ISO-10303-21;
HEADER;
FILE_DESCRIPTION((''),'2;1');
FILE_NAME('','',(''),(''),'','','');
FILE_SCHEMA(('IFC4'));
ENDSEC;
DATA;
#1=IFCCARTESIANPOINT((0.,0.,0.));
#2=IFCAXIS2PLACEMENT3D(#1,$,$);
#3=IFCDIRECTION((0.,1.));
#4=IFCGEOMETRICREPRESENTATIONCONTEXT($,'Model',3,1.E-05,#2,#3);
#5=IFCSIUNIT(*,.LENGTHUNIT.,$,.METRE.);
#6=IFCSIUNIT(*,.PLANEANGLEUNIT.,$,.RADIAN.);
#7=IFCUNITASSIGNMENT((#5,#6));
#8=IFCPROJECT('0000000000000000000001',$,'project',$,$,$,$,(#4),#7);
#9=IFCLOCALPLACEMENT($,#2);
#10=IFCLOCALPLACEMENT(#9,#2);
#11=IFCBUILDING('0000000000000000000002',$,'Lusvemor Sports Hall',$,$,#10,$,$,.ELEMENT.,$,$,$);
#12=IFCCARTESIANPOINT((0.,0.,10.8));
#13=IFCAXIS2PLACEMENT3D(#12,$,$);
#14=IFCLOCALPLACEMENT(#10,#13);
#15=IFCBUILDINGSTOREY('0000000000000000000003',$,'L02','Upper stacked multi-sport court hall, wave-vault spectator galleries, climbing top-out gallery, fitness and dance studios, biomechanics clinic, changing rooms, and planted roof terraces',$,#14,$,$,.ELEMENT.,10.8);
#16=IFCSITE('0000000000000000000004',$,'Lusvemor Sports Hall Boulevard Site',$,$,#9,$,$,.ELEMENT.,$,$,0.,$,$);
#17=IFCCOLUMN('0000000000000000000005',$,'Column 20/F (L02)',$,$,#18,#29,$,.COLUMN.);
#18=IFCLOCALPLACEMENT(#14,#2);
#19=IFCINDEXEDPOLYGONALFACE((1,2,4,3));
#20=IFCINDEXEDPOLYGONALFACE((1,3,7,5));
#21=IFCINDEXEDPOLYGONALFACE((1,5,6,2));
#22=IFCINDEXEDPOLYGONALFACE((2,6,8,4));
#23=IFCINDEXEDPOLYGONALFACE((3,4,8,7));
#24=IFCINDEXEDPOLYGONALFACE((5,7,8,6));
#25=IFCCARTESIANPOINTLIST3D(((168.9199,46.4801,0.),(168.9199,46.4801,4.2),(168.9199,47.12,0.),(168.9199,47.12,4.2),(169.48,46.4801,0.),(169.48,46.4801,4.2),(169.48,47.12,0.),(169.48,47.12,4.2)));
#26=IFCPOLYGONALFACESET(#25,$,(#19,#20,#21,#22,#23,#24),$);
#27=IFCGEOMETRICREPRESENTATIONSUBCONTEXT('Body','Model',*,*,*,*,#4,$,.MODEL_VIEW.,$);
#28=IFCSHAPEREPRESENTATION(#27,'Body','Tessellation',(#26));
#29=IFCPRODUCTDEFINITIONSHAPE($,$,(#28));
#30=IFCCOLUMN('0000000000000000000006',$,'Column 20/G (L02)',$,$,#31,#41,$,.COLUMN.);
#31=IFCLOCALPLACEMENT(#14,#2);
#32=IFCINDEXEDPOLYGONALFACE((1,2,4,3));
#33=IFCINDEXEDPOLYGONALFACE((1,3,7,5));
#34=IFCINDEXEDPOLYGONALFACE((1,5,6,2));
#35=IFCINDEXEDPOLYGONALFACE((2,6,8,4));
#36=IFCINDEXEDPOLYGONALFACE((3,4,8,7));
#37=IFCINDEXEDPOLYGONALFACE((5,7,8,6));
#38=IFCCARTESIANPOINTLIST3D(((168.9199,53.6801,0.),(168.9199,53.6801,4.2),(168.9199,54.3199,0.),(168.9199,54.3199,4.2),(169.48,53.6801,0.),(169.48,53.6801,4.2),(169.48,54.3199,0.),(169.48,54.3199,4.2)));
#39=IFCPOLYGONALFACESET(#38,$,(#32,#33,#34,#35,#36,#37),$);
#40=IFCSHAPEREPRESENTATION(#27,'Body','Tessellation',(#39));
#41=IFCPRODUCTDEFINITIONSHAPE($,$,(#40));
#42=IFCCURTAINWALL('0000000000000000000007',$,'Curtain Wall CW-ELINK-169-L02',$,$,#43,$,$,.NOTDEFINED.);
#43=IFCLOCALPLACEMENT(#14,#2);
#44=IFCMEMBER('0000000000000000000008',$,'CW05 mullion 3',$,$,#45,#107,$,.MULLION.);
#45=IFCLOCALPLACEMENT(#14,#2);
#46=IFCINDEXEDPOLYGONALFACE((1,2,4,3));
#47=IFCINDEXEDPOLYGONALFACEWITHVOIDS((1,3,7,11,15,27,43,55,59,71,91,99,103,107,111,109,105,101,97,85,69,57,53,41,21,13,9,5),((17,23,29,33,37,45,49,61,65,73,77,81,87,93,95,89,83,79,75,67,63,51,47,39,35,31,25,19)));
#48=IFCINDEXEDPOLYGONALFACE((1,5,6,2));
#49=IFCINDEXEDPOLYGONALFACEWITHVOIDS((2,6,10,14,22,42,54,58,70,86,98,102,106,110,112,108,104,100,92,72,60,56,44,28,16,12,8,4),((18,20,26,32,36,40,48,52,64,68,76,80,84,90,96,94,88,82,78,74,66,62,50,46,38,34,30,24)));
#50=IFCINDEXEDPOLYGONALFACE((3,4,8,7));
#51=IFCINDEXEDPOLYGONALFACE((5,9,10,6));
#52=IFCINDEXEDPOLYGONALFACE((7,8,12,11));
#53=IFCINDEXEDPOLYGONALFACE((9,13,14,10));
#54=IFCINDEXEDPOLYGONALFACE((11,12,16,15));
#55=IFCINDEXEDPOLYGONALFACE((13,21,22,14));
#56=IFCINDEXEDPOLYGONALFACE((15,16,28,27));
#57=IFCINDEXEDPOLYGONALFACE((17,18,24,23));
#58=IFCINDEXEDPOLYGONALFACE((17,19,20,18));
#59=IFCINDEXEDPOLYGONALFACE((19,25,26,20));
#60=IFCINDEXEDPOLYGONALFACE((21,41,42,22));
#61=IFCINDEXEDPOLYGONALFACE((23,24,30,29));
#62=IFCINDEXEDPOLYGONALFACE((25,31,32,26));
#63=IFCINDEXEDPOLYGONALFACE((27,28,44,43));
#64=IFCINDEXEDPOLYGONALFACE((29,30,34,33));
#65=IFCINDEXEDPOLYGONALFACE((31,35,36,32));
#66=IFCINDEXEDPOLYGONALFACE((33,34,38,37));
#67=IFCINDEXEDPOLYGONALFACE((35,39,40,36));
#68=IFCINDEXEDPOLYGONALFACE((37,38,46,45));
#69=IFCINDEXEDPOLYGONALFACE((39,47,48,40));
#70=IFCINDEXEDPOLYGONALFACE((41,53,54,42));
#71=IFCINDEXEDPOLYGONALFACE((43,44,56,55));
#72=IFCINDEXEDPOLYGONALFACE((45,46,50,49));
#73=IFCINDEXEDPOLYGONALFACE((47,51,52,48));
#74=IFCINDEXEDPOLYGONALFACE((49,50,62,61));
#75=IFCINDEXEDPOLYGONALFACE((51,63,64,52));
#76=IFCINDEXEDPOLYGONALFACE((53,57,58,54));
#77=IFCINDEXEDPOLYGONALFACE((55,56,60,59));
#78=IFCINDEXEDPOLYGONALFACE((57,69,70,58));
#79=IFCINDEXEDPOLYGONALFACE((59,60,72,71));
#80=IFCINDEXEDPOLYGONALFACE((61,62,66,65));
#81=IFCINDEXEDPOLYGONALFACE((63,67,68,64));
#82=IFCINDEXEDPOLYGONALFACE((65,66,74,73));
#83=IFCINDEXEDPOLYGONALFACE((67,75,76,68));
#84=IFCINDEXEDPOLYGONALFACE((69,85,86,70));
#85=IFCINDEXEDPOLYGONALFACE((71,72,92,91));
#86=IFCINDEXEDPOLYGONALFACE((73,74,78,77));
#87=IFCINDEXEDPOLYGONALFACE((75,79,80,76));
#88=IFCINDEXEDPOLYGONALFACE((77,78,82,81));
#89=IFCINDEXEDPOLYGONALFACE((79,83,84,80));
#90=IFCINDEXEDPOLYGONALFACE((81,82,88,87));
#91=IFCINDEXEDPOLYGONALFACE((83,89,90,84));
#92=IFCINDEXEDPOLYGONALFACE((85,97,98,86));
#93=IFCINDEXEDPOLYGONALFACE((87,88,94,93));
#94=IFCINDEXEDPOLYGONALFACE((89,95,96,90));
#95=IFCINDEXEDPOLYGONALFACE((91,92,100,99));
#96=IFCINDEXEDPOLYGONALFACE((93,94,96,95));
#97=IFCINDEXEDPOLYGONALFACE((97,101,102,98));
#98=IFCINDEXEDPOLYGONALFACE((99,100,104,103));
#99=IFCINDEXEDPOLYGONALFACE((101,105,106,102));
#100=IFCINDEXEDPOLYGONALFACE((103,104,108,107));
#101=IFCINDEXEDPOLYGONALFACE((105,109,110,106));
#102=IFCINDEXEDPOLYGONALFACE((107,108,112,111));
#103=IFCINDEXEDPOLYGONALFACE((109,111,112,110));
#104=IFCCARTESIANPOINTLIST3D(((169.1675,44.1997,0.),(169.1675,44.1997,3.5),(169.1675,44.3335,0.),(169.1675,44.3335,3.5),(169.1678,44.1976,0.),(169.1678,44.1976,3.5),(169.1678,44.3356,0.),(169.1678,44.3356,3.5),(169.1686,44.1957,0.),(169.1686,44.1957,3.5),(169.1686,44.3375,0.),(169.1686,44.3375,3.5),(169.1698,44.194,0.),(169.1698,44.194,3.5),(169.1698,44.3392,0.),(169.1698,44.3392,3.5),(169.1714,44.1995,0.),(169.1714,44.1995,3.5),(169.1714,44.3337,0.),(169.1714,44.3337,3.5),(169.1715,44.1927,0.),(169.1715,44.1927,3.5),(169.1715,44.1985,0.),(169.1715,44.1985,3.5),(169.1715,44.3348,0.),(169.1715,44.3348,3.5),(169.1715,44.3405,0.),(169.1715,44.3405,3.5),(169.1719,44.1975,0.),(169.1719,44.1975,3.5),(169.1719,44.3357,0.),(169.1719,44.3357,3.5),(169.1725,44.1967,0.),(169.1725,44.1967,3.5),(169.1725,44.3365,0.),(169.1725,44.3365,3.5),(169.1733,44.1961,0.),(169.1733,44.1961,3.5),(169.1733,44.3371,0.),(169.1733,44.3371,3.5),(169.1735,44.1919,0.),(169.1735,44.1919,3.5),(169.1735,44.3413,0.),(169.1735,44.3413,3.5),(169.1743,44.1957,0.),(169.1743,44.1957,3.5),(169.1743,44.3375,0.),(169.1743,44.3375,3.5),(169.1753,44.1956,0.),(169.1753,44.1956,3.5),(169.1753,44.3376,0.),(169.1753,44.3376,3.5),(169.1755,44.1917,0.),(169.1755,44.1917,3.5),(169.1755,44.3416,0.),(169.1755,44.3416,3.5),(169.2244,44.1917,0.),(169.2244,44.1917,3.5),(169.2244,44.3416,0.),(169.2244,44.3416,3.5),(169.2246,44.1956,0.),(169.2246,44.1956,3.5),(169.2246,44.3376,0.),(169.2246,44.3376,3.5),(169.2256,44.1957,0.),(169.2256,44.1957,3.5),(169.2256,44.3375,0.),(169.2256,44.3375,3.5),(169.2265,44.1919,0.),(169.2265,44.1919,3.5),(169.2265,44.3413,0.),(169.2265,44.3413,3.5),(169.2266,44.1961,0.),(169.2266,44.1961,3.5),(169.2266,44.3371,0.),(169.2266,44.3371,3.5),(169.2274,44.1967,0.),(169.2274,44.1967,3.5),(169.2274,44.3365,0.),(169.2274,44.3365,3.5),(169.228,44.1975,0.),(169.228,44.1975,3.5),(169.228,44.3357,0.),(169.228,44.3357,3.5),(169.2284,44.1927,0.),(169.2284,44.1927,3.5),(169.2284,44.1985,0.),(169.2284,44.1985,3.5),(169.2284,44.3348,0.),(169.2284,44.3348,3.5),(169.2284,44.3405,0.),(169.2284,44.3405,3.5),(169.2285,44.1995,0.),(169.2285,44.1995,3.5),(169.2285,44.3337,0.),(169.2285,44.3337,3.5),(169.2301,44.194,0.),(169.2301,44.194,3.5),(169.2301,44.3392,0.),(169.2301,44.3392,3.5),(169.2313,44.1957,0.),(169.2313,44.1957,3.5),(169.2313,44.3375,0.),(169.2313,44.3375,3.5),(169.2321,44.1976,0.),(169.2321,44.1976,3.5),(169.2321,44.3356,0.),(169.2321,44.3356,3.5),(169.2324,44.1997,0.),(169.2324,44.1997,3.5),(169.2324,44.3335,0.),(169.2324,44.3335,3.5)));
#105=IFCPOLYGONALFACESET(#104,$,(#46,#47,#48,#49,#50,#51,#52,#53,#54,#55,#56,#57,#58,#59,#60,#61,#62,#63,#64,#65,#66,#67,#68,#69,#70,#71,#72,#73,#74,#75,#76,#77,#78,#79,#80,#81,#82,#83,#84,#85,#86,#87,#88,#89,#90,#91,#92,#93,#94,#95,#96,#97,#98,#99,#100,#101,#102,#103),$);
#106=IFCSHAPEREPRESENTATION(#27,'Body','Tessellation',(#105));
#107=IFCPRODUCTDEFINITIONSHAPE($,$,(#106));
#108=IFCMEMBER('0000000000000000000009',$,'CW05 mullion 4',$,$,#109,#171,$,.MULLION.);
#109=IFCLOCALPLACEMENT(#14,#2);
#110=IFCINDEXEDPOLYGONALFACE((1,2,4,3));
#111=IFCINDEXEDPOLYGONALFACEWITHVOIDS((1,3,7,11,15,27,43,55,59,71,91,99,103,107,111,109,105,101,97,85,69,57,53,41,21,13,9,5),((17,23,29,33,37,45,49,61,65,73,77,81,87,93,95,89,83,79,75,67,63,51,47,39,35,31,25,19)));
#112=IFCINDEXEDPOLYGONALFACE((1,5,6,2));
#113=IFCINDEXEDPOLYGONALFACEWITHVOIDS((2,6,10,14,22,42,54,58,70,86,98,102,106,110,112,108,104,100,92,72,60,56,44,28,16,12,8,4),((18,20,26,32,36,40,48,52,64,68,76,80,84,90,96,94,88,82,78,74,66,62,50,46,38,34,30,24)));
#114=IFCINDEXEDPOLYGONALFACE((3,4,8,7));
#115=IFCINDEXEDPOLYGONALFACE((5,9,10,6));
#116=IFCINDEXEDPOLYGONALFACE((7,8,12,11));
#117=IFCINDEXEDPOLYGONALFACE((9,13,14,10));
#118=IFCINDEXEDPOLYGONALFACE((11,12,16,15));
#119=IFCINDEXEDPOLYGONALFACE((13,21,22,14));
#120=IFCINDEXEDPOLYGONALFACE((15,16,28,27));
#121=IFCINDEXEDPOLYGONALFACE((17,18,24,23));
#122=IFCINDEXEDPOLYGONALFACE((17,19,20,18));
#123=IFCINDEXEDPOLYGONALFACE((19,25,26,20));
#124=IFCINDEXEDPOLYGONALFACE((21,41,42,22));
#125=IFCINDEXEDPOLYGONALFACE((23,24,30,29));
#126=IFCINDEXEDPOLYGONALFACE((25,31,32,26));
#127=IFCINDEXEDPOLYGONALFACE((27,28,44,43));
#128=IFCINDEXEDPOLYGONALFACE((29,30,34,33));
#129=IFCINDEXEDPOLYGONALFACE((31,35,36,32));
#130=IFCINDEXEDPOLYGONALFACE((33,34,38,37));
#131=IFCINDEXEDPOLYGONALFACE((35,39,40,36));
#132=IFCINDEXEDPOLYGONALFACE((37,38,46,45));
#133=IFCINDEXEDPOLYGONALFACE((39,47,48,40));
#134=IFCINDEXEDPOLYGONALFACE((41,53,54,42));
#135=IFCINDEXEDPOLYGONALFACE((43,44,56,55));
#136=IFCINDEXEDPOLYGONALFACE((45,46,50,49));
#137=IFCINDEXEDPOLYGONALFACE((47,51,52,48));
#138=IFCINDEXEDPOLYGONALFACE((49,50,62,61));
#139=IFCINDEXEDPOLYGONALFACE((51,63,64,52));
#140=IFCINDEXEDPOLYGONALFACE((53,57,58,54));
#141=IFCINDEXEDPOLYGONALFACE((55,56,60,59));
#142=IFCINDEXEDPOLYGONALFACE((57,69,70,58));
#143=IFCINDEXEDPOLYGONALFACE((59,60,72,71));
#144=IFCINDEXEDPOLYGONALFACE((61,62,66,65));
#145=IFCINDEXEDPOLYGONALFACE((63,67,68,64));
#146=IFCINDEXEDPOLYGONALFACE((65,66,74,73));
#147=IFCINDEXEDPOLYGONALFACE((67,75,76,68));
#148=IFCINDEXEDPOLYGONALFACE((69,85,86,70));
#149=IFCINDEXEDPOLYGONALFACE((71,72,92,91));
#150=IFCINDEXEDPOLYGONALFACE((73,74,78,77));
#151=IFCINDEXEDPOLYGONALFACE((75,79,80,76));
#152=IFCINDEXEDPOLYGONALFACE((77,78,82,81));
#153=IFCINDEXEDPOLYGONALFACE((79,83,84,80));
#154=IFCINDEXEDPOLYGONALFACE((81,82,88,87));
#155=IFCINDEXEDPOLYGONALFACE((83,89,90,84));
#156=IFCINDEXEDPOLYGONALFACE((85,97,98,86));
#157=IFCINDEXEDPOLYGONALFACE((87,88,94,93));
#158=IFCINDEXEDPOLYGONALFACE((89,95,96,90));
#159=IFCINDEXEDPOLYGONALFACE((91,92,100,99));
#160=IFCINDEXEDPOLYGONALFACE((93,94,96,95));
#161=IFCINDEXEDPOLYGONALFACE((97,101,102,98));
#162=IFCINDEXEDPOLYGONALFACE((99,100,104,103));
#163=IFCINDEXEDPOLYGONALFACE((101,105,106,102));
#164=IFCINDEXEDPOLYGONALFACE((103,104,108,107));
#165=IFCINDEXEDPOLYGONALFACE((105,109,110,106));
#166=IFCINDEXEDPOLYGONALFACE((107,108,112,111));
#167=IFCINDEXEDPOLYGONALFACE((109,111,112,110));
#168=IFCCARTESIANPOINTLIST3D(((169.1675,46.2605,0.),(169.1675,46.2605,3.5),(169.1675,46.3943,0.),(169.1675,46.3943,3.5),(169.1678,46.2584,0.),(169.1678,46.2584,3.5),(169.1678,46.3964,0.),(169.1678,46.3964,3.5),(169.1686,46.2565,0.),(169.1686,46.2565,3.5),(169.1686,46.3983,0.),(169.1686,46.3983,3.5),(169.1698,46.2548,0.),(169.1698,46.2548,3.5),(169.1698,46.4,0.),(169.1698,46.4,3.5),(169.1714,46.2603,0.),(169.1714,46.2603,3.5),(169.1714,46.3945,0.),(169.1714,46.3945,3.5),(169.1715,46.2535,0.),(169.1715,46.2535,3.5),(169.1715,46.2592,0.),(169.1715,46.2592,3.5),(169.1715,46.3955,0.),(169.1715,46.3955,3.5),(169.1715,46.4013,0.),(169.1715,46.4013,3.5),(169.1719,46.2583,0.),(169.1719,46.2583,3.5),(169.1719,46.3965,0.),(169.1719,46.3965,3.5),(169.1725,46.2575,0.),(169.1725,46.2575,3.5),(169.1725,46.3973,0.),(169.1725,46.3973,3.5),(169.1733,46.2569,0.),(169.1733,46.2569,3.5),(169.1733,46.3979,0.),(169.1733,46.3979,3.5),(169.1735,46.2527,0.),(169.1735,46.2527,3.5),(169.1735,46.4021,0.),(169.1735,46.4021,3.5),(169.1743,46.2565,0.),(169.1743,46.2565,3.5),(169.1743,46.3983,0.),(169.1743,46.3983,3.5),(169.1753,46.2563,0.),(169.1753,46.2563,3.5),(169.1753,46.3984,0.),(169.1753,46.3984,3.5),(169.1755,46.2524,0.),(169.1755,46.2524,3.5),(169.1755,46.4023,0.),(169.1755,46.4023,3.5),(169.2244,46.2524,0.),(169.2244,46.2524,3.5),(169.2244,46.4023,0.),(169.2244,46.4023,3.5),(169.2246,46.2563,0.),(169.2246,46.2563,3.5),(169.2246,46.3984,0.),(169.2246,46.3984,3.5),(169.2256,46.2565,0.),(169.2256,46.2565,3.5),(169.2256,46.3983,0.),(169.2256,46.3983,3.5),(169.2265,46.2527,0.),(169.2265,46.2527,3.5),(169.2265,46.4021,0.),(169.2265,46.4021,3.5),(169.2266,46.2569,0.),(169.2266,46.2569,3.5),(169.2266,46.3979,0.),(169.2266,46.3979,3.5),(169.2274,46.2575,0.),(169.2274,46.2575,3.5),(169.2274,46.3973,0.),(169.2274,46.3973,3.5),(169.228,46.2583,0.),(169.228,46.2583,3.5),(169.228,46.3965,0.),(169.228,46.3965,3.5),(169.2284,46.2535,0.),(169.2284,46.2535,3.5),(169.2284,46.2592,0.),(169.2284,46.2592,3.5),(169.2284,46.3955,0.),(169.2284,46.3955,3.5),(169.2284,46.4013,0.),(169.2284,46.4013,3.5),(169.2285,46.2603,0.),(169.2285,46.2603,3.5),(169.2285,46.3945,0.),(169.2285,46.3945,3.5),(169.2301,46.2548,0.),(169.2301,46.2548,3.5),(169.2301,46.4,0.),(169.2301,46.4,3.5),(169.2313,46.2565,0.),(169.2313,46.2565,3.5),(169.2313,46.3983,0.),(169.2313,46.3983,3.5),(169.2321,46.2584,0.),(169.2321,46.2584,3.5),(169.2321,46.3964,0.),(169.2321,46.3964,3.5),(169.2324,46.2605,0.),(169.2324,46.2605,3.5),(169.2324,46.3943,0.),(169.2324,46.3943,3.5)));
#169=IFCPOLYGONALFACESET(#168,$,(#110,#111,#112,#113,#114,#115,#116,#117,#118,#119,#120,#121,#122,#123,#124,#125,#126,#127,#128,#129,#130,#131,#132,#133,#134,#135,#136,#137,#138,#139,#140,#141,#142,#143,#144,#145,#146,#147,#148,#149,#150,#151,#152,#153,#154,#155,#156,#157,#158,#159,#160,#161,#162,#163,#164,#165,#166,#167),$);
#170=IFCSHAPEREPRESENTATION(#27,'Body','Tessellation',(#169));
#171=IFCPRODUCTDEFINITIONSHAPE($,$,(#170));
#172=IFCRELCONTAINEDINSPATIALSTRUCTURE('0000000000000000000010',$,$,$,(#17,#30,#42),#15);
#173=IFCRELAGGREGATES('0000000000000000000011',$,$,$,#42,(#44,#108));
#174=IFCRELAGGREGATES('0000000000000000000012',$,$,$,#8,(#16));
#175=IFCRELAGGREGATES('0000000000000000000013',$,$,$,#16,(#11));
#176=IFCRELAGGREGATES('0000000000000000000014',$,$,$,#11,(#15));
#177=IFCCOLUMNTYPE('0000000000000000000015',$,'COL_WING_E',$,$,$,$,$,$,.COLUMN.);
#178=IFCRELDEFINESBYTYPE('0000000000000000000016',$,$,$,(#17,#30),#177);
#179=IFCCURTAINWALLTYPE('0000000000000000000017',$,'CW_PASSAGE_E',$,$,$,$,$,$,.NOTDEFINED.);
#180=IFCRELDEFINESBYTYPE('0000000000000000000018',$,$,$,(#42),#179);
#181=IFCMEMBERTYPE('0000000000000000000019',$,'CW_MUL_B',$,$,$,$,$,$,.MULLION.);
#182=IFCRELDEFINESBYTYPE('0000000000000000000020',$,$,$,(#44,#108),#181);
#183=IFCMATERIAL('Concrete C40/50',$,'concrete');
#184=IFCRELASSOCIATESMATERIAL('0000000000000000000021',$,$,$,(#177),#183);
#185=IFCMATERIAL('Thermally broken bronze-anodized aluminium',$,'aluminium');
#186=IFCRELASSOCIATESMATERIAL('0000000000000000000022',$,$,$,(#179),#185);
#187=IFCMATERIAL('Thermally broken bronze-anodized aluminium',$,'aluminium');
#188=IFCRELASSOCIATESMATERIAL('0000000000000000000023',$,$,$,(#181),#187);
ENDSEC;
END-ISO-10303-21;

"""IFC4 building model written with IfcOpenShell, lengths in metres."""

from ifc_helpers import new_model, si_unit, direction, frame, origin, origin_2d, place, context, subcontext, project, spatial, rectangle, hollow_rectangle, extrude, material, material_profile, profile_set, type_object, element, aggregate, save


model = new_model("IFC4")

# Units and contexts
model_context = context("Model", 3, precision=1e-05, world=origin(), true_north=direction((0.0, 1.0)))
body_context = subcontext(model_context, "Body", "Model", "MODEL_VIEW")
ifc_project = project(units=[si_unit("LENGTHUNIT", "METRE"), si_unit("PLANEANGLEUNIT", "RADIAN")], contexts=[model_context])

# Site, building, storey
site_placement = place(None, origin())
site = spatial("IfcSite", under=ifc_project, at=site_placement, Name="Lusvemor Sports Hall Boulevard Site", CompositionType="ELEMENT", RefElevation=0.0)
building_placement = place(site_placement, origin())
building = spatial("IfcBuilding", under=site, at=building_placement, Name="Lusvemor Sports Hall", CompositionType="ELEMENT")
storey_placement = place(building_placement, frame((0.0, 0.0, 10.8)))
storey = spatial("IfcBuildingStorey", under=building, at=storey_placement, Name="L02", Description="Upper stacked multi-sport court hall, wave-vault spectator galleries, climbing top-out gallery, fitness and dance studios, biomechanics clinic, changing rooms, and planted roof terraces", CompositionType="ELEMENT", Elevation=10.8)

# Columns
ifc_material_1 = material(Name="Concrete C40/50", Category="concrete")
ifc_material_profile_1 = material_profile(ifc_material_1, rectangle(XDim=0.5601, YDim=0.6399, at=origin_2d()), Name="RC560x640")
ifc_profile_set_1 = profile_set([ifc_material_profile_1], Name="Concrete C40/50")
column_type = type_object("IfcColumnType", Name="COL_WING_E", PredefinedType="COLUMN", material=ifc_profile_set_1)
for number, where, z_axis, x_axis, name in (
    (1, (169.2, 46.8, 0.0), (0.0, 0.0, 1.0), (1.0, 0.0, 0.0), "Column 20/F (L02)"),
    (2, (169.2, 54.0, 0.0), (0.0, 0.0, 1.0), (1.0, 0.0, 0.0), "Column 20/G (L02)"),
):
    element("IfcColumn", number, at=place(storey_placement, frame(where, z_axis=z_axis, x_axis=x_axis)), inside=storey, type_object=column_type, Name=name, PredefinedType="COLUMN", context=body_context, shape_type="SweptSolid", body=[
        extrude(rectangle(XDim=0.5601, YDim=0.6399, at=origin_2d()), origin(), (0.0, 0.0, 1.0), 4.2),
    ])

# Curtain wall, members
ifc_material_2 = material(Name="Thermally broken bronze-anodized aluminium", Category="aluminium")
curtain_wall_type = type_object("IfcCurtainWallType", Name="CW_PASSAGE_E", PredefinedType="NOTDEFINED", material=ifc_material_2)
curtain_wall_placement = place(storey_placement, origin())
curtain_wall = element("IfcCurtainWall", 3, at=curtain_wall_placement, inside=storey, type_object=curtain_wall_type, Name="Curtain Wall CW-ELINK-169-L02", PredefinedType="NOTDEFINED")
ifc_material_3 = material(Name="Thermally broken bronze-anodized aluminium", Category="aluminium")
ifc_material_profile_2 = material_profile(ifc_material_3, hollow_rectangle(XDim=0.0649, YDim=0.1499, WallThickness=0.0039, InnerFilletRadius=0.0039, OuterFilletRadius=0.0081, at=origin_2d()), Name="CWMUL150x65x4")
ifc_profile_set_2 = profile_set([ifc_material_profile_2], Name="Thermally broken bronze-anodized aluminium")
member_type_1 = type_object("IfcMemberType", Name="CW_MUL_B", PredefinedType="MULLION", material=ifc_profile_set_2)
member_1_placement = place(storey_placement, frame((169.2, 44.2666, 0.0), z_axis=(0.0, 0.0, 1.0), x_axis=(-1.0, 0.0, 0.0)))
member_1 = element("IfcMember", 4, at=member_1_placement, type_object=member_type_1, Name="CW05 mullion 3", PredefinedType="MULLION", context=body_context, shape_type="SweptSolid", body=[
    extrude(hollow_rectangle(XDim=0.0649, YDim=0.1499, WallThickness=0.0039, InnerFilletRadius=0.0039, OuterFilletRadius=0.0081, at=origin_2d()), origin(), (0.0, 0.0, 1.0), 3.5),
])
member_2_placement = place(storey_placement, frame((169.2, 46.3274, 0.0), z_axis=(0.0, 0.0, 1.0), x_axis=(-1.0, 0.0, 0.0)))
member_2 = element("IfcMember", 5, at=member_2_placement, type_object=member_type_1, Name="CW05 mullion 4", PredefinedType="MULLION", context=body_context, shape_type="SweptSolid", body=[
    extrude(hollow_rectangle(XDim=0.0649, YDim=0.1499, WallThickness=0.0039, InnerFilletRadius=0.0039, OuterFilletRadius=0.0081, at=origin_2d()), origin(), (0.0, 0.0, 1.0), 3.5),
])

aggregate(curtain_wall, [member_1, member_2])

save(model, "model.ifc")
